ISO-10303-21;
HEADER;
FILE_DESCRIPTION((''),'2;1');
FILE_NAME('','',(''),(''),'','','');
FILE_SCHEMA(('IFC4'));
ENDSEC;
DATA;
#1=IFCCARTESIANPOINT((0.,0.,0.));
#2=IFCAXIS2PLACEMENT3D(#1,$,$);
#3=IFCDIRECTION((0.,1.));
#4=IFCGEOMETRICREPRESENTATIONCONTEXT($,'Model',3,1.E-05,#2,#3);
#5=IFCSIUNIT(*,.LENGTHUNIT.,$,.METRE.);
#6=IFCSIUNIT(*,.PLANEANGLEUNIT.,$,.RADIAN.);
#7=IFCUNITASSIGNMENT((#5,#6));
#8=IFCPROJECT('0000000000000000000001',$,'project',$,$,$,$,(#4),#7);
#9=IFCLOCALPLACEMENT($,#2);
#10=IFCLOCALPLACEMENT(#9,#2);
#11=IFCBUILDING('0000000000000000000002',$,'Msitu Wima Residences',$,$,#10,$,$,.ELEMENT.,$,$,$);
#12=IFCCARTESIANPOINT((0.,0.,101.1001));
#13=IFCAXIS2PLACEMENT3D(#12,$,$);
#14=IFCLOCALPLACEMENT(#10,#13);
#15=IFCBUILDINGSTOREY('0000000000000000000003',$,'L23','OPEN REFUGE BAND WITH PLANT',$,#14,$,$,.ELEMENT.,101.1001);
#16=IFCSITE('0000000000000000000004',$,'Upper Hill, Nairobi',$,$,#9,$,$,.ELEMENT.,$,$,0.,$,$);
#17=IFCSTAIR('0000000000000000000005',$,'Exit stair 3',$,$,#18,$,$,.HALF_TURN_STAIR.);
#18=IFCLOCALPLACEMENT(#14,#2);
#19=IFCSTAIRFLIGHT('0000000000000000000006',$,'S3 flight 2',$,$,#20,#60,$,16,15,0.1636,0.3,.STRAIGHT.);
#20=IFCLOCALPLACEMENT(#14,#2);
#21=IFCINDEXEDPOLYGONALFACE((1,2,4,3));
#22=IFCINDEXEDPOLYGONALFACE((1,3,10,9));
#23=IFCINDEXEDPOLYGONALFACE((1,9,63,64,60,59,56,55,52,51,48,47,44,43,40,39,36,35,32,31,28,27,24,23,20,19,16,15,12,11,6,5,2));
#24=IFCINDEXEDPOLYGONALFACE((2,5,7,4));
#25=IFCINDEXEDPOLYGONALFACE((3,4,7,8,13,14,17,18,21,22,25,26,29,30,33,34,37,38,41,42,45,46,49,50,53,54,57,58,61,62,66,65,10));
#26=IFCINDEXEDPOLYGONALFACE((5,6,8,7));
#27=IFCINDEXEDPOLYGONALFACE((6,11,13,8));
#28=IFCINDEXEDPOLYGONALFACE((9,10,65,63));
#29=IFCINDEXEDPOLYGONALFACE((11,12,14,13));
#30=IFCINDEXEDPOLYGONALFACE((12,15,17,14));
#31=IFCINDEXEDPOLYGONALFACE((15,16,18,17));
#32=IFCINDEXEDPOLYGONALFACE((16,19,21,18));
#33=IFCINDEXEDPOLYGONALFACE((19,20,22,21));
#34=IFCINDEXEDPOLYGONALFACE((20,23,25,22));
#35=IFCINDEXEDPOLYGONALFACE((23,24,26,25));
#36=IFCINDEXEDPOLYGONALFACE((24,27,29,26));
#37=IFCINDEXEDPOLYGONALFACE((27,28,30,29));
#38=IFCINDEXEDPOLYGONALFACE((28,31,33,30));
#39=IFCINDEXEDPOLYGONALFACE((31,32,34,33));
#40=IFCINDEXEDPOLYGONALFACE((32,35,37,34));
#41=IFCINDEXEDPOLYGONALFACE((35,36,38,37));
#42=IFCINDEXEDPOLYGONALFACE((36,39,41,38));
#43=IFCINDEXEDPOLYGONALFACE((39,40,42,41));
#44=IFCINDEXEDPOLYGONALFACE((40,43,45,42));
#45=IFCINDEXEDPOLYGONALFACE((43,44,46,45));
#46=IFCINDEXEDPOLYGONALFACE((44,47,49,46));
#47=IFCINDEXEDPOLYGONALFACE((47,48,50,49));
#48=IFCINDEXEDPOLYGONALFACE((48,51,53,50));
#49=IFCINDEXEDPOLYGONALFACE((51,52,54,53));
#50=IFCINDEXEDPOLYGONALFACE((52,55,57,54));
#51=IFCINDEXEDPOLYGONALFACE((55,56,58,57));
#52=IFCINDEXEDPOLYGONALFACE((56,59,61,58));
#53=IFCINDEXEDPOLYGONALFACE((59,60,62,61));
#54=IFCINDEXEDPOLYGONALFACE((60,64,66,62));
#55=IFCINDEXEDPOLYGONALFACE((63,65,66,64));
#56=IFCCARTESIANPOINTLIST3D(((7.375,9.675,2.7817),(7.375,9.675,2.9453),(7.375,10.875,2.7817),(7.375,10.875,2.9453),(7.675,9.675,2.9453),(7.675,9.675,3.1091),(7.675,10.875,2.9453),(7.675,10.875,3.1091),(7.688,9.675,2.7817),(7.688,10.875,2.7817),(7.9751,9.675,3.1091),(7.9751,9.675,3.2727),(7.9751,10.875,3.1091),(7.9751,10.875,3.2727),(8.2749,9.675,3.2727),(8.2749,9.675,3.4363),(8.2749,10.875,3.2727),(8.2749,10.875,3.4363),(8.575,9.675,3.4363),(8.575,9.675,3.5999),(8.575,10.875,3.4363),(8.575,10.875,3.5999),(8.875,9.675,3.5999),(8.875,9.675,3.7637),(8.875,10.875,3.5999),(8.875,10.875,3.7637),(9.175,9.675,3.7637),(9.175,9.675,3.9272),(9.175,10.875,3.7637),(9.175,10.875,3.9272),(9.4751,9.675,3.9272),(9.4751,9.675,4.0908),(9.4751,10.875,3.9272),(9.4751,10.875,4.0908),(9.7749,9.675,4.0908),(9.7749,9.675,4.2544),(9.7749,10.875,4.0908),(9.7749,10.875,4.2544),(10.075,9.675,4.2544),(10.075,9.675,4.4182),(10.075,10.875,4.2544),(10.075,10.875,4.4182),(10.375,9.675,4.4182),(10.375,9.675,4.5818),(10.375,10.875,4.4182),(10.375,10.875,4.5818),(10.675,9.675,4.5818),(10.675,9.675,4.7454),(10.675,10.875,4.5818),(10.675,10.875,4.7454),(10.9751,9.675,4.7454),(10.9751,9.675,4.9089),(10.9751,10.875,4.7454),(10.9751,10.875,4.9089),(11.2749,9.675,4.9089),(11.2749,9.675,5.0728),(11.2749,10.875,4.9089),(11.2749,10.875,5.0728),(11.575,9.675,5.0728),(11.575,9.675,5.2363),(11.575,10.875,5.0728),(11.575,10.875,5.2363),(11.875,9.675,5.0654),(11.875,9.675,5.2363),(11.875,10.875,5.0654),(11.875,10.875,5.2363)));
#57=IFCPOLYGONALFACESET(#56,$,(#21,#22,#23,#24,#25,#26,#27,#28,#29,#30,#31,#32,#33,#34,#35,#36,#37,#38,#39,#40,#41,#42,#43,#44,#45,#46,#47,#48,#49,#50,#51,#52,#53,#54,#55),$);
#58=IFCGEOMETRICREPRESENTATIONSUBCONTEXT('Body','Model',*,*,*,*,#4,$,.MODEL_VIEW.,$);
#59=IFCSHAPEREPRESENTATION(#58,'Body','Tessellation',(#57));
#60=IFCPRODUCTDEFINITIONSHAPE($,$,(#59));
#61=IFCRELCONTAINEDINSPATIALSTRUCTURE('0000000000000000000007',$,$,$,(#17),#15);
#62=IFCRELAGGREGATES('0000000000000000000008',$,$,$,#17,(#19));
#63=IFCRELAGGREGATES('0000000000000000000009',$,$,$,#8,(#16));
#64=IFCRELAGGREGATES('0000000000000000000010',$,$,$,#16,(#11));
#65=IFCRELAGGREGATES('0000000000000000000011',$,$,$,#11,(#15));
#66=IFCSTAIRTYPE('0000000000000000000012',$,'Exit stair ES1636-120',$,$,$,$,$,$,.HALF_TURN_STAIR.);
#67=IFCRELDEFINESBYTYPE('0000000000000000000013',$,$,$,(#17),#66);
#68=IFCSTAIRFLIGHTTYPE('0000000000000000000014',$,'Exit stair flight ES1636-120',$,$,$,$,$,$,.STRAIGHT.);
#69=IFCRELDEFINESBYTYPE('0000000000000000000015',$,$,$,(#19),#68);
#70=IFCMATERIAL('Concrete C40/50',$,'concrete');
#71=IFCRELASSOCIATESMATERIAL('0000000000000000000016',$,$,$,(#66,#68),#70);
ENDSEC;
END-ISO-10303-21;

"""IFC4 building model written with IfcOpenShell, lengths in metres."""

from ifc_helpers import new_model, si_unit, direction, frame, origin, place, context, subcontext, project, spatial, polyline, outline, extrude, material, type_object, element, aggregate, save


model = new_model("IFC4")

# Units and contexts
model_context = context("Model", 3, precision=1e-05, world=origin(), true_north=direction((0.0, 1.0)))
body_context = subcontext(model_context, "Body", "Model", "MODEL_VIEW")
ifc_project = project(units=[si_unit("LENGTHUNIT", "METRE"), si_unit("PLANEANGLEUNIT", "RADIAN")], contexts=[model_context])

# Site, building, storey
site_placement = place(None, origin())
site = spatial("IfcSite", under=ifc_project, at=site_placement, Name="Upper Hill, Nairobi", CompositionType="ELEMENT", RefElevation=0.0)
building_placement = place(site_placement, origin())
building = spatial("IfcBuilding", under=site, at=building_placement, Name="Msitu Wima Residences", CompositionType="ELEMENT")
storey_placement = place(building_placement, frame((0.0, 0.0, 101.1001)))
storey = spatial("IfcBuildingStorey", under=building, at=storey_placement, Name="L23", Description="OPEN REFUGE BAND WITH PLANT", CompositionType="ELEMENT", Elevation=101.1001)

# Shared definitions
ifc_material_1 = material(Name="Concrete C40/50", Category="concrete")

# Stair
stair_type = type_object("IfcStairType", Name="Exit stair ES1636-120", PredefinedType="HALF_TURN_STAIR", material=ifc_material_1)
stair_1_placement = place(storey_placement, origin())
stair_1 = element("IfcStair", 1, at=stair_1_placement, inside=storey, type_object=stair_type, Name="Exit stair 3", PredefinedType="HALF_TURN_STAIR")

# Stair flight
stair_flight_type = type_object("IfcStairFlightType", Name="Exit stair flight ES1636-120", PredefinedType="STRAIGHT", material=ifc_material_1)
stair_flight_1_placement = place(storey_placement, frame((7.375, 10.2749, 2.7817), z_axis=(0.0, 0.0, 1.0), x_axis=(1.0, 0.0, 0.0)))
stair_flight_1 = element("IfcStairFlight", 2, at=stair_flight_1_placement, type_object=stair_flight_type, Name="S3 flight 2", NumberOfRisers=16, NumberOfTreads=15, PredefinedType="STRAIGHT", RiserHeight=0.1636, TreadLength=0.3, context=body_context, shape_type="SweptSolid", body=[
    extrude(outline(polyline([(0.0, 0.0), (0.0, 0.1636), (0.3, 0.1636), (0.3, 0.3274), (0.6001, 0.3274), (0.6001, 0.491), (0.8999, 0.491), (0.8999, 0.6545), (1.2, 0.6545), (1.2, 0.8181), (1.5, 0.8181), (1.5, 0.9819), (1.8, 0.9819), (1.8, 1.1455), (2.1001, 1.1455), (2.1001, 1.3091), (2.3999, 1.3091), (2.3999, 1.4727), (2.7, 1.4727), (2.7, 1.6365), (3.0, 1.6365), (3.0, 1.8), (3.3, 1.8), (3.3, 1.9636), (3.6001, 1.9636), (3.6001, 2.1272), (3.8999, 2.1272), (3.8999, 2.291), (4.2, 2.291), (4.2, 2.4546), (4.5, 2.4546), (4.5, 2.6182), (4.5, 2.2837), (0.313, 0.0), (0.0, 0.0)])), frame((0.0, 0.6001, 0.0), z_axis=(0.0, -1.0, 0.0), x_axis=(1.0, 0.0, 0.0)), (0.0, 0.0, 1.0), 1.2),
])
aggregate(stair_1, [stair_flight_1])

save(model, "model.ifc")
